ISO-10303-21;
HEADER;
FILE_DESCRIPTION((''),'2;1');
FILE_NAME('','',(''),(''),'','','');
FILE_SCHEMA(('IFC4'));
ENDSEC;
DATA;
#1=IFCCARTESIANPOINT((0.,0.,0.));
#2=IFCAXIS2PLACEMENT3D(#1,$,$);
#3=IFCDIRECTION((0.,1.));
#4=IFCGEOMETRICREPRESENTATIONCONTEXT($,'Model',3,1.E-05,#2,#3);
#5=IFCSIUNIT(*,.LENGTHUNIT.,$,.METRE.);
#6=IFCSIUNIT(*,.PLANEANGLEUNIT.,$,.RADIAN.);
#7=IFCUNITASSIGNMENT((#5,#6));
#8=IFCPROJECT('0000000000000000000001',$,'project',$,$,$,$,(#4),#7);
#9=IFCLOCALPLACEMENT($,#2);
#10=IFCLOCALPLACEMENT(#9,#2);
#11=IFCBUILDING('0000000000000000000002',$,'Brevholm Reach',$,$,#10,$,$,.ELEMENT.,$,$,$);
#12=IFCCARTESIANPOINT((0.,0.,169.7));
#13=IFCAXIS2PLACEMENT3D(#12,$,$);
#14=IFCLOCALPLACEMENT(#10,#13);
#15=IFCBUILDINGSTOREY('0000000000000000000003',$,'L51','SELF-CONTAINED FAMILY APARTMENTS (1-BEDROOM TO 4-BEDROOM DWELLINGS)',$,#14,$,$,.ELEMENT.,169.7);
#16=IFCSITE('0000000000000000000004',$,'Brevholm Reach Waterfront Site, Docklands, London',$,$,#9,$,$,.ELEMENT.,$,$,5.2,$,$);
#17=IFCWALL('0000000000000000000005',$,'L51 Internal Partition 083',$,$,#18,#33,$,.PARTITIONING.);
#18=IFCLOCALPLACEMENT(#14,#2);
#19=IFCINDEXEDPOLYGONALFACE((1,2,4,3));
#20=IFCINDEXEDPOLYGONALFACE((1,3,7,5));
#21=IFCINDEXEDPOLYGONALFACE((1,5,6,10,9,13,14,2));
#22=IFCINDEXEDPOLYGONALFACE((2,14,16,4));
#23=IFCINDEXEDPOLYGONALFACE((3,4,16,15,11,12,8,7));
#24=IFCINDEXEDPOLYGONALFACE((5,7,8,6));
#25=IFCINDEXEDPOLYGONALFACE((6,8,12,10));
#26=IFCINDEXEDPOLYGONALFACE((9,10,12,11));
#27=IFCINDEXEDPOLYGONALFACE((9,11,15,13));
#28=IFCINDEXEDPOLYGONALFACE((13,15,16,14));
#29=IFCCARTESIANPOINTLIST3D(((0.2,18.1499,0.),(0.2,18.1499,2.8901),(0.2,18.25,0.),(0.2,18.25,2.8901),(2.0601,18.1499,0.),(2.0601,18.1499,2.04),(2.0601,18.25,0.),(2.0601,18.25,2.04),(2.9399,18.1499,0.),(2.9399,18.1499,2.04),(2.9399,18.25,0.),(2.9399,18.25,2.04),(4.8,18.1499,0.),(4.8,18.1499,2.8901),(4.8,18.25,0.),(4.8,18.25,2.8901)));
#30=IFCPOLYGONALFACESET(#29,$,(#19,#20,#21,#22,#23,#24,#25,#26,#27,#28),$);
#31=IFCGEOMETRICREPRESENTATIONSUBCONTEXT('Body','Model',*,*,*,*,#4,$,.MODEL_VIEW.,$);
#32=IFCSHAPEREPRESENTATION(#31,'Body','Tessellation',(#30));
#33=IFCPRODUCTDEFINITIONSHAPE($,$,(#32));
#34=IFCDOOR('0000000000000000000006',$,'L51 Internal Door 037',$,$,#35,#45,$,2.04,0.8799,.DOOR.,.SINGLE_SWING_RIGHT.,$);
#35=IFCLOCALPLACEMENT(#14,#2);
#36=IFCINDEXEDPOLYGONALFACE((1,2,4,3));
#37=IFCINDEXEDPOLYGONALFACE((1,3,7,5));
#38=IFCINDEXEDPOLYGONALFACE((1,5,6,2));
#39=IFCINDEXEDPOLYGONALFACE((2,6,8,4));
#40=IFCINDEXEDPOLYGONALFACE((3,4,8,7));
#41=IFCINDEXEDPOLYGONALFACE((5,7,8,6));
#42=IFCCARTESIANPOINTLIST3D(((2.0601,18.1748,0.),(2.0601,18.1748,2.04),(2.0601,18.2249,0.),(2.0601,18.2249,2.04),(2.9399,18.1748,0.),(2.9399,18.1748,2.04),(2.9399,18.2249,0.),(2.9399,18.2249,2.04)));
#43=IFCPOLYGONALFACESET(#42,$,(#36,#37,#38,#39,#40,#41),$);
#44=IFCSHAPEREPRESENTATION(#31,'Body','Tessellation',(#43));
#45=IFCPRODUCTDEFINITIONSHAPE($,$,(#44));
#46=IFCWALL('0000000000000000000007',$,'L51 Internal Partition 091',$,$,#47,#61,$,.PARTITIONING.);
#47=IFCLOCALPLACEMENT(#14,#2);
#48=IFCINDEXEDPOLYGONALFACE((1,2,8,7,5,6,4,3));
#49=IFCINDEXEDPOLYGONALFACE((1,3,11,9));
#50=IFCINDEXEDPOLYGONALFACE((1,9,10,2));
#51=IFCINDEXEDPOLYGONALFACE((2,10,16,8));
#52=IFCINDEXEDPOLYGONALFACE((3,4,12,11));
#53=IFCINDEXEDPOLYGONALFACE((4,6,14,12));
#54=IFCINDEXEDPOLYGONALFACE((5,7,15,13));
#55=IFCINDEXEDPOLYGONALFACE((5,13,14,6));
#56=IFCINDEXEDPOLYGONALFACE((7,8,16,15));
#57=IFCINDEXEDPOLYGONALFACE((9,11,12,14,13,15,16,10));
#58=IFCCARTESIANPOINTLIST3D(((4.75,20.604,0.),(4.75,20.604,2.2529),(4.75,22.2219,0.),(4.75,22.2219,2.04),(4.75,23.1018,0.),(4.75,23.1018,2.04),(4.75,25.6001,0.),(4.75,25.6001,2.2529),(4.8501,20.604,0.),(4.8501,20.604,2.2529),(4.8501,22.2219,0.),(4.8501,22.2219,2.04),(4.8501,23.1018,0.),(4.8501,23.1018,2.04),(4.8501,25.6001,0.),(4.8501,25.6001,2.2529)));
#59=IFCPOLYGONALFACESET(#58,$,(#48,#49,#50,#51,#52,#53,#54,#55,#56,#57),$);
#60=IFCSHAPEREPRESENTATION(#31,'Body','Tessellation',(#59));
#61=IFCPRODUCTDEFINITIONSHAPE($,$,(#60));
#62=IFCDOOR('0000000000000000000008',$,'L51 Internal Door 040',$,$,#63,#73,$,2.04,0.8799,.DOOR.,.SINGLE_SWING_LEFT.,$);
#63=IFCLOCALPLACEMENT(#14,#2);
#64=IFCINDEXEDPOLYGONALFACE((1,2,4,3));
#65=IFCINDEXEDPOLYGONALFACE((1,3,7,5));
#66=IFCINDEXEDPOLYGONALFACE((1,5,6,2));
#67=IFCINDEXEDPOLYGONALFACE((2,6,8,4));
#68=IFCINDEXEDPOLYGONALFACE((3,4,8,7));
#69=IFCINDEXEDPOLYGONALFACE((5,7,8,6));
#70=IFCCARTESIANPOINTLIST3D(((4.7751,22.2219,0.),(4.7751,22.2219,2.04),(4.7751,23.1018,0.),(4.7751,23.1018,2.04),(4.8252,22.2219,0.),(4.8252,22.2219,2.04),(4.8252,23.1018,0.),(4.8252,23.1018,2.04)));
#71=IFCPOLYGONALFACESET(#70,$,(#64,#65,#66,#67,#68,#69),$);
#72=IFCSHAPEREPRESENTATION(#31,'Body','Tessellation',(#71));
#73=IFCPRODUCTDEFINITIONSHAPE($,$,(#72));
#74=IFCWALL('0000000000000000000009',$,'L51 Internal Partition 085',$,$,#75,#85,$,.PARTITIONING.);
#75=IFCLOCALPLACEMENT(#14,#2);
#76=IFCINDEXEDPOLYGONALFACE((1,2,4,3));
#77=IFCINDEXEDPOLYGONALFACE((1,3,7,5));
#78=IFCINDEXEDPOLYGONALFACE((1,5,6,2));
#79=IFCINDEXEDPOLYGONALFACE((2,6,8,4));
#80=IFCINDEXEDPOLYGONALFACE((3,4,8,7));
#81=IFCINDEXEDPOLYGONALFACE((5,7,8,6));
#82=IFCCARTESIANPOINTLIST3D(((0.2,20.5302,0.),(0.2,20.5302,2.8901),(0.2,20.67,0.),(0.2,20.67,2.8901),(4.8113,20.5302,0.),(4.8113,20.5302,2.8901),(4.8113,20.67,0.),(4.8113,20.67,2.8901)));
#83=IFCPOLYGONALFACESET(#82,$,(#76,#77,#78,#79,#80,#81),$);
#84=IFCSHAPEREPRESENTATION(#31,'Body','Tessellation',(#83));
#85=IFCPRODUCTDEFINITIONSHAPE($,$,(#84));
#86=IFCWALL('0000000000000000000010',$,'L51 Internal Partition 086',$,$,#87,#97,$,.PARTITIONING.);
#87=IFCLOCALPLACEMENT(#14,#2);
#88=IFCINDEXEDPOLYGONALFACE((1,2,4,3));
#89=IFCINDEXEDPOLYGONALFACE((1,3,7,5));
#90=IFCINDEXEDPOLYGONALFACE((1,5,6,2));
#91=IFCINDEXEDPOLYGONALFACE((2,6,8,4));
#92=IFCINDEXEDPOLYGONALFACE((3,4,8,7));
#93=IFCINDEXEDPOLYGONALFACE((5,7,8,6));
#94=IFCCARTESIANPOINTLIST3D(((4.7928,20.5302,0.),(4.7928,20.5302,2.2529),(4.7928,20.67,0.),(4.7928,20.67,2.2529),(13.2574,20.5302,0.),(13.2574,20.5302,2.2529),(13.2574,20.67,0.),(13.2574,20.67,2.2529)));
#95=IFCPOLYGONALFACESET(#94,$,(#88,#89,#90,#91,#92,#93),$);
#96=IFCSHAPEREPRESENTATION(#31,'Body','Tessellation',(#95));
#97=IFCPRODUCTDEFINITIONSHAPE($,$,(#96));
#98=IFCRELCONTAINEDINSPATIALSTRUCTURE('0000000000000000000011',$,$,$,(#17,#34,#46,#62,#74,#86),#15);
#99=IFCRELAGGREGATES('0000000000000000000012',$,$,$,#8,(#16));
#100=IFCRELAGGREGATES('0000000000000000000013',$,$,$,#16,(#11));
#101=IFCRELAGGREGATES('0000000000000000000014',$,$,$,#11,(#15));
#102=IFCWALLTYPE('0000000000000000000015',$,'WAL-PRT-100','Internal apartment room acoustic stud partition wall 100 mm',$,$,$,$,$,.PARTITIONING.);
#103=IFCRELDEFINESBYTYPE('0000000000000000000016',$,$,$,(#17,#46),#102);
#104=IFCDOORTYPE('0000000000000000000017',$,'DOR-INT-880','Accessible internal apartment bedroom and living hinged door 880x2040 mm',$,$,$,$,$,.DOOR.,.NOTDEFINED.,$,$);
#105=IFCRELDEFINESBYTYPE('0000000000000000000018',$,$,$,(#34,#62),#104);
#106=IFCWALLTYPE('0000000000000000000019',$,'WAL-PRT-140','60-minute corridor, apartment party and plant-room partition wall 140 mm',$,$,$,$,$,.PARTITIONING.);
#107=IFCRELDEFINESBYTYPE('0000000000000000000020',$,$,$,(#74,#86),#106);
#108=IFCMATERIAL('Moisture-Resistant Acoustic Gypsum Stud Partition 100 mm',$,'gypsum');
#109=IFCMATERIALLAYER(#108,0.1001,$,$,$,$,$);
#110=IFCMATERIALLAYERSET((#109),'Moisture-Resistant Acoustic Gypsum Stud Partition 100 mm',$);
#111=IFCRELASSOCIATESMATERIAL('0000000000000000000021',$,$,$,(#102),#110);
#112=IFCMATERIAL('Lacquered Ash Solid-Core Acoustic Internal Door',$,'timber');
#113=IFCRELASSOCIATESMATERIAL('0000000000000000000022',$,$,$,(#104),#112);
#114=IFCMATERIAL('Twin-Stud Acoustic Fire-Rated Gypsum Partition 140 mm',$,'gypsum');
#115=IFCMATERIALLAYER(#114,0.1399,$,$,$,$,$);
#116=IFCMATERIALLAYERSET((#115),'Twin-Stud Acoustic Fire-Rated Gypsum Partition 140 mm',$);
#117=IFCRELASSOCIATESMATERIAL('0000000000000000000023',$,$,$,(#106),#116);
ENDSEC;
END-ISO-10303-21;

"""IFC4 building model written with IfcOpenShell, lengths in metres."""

from ifc_helpers import new_model, si_unit, direction, frame, frame_2d, origin, place, context, subcontext, project, spatial, rectangle, extrude, material, layer, layer_set, type_object, element, fill, save


model = new_model("IFC4")

# Units and contexts
model_context = context("Model", 3, precision=1e-05, world=origin(), true_north=direction((0.0, 1.0)))
body_context = subcontext(model_context, "Body", "Model", "MODEL_VIEW")
ifc_project = project(units=[si_unit("LENGTHUNIT", "METRE"), si_unit("PLANEANGLEUNIT", "RADIAN")], contexts=[model_context])

# Site, building, storey
site_placement = place(None, origin())
site = spatial("IfcSite", under=ifc_project, at=site_placement, Name="Brevholm Reach Waterfront Site, Docklands, London", CompositionType="ELEMENT", RefElevation=5.2)
building_placement = place(site_placement, origin())
building = spatial("IfcBuilding", under=site, at=building_placement, Name="Brevholm Reach", CompositionType="ELEMENT")
storey_placement = place(building_placement, frame((0.0, 0.0, 169.7)))
storey = spatial("IfcBuildingStorey", under=building, at=storey_placement, Name="L51", Description="SELF-CONTAINED FAMILY APARTMENTS (1-BEDROOM TO 4-BEDROOM DWELLINGS)", CompositionType="ELEMENT", Elevation=169.7)

# Shared definitions
ifc_material_1 = material(Name="Moisture-Resistant Acoustic Gypsum Stud Partition 100 mm", Category="gypsum")
ifc_layer_1 = layer(ifc_material_1, 0.1001)
ifc_layer_set_1 = layer_set([ifc_layer_1], Name="Moisture-Resistant Acoustic Gypsum Stud Partition 100 mm")
wall_type_1 = type_object("IfcWallType", Name="WAL-PRT-100", Description="Internal apartment room acoustic stud partition wall 100 mm", PredefinedType="PARTITIONING", material=ifc_layer_set_1)

# Walls, openings, doors
wall_1_placement = place(storey_placement, frame((0.2, 18.2, 0.0), z_axis=(0.0, 0.0, 1.0), x_axis=(1.0, 0.0, 0.0)))
wall_1 = element("IfcWall", 1, at=wall_1_placement, inside=storey, type_object=wall_type_1, Name="L51 Internal Partition 083", PredefinedType="PARTITIONING", context=body_context, shape_type="SweptSolid", body=[
    extrude(rectangle(XDim=4.6001, YDim=0.1001, at=frame_2d((2.3, 0.0))), origin(), (0.0, 0.0, 1.0), 2.8901),
])
opening_1_placement = place(wall_1_placement, frame((1.8601, 0.0, 0.0)))
opening_1 = element("IfcOpeningElement", 2, at=opening_1_placement, cuts=wall_1, PredefinedType="OPENING", context=body_context, shape_type="SweptSolid", body=[
    extrude(rectangle(XDim=0.8799, YDim=2.04, at=frame_2d((0.4399, 1.02))), frame((0.0, 0.0601, 0.0), z_axis=(0.0, -1.0, 0.0), x_axis=(1.0, 0.0, 0.0)), (0.0, 0.0, 1.0), 0.1201),
])
ifc_material_2 = material(Name="Lacquered Ash Solid-Core Acoustic Internal Door", Category="timber")
door_type = type_object("IfcDoorType", Name="DOR-INT-880", Description="Accessible internal apartment bedroom and living hinged door 880x2040 mm", OperationType="NOTDEFINED", PredefinedType="DOOR", material=ifc_material_2)
door_1_placement = place(opening_1_placement, origin())
door_1 = element("IfcDoor", 3, at=door_1_placement, inside=storey, type_object=door_type, Name="L51 Internal Door 037", OperationType="SINGLE_SWING_RIGHT", OverallHeight=2.04, OverallWidth=0.8799, PredefinedType="DOOR", context=body_context, shape_type="SweptSolid", body=[
    extrude(rectangle(XDim=0.8799, YDim=2.04, at=frame_2d((0.4399, 1.02))), frame((0.0, 0.0249, 0.0), z_axis=(0.0, -1.0, 0.0), x_axis=(1.0, 0.0, 0.0)), (0.0, 0.0, 1.0), 0.05),
])
fill(opening_1, door_1)
wall_2_placement = place(storey_placement, frame((4.8, 20.604, 0.0), z_axis=(0.0, 0.0, 1.0), x_axis=(0.0, 1.0, 0.0)))
wall_2 = element("IfcWall", 4, at=wall_2_placement, inside=storey, type_object=wall_type_1, Name="L51 Internal Partition 091", PredefinedType="PARTITIONING", context=body_context, shape_type="SweptSolid", body=[
    extrude(rectangle(XDim=4.9961, YDim=0.1001, at=frame_2d((2.498, 0.0))), origin(), (0.0, 0.0, 1.0), 2.2529),
])
opening_2_placement = place(wall_2_placement, frame((1.6179, 0.0, 0.0)))
opening_2 = element("IfcOpeningElement", 5, at=opening_2_placement, cuts=wall_2, PredefinedType="OPENING", context=body_context, shape_type="SweptSolid", body=[
    extrude(rectangle(XDim=0.8799, YDim=2.04, at=frame_2d((0.4399, 1.02))), frame((0.0, 0.0601, 0.0), z_axis=(0.0, -1.0, 0.0), x_axis=(1.0, 0.0, 0.0)), (0.0, 0.0, 1.0), 0.1201),
])
door_2_placement = place(opening_2_placement, origin())
door_2 = element("IfcDoor", 6, at=door_2_placement, inside=storey, type_object=door_type, Name="L51 Internal Door 040", OperationType="SINGLE_SWING_LEFT", OverallHeight=2.04, OverallWidth=0.8799, PredefinedType="DOOR", context=body_context, shape_type="SweptSolid", body=[
    extrude(rectangle(XDim=0.8799, YDim=2.04, at=frame_2d((0.4399, 1.02))), frame((0.0, 0.0249, 0.0), z_axis=(0.0, -1.0, 0.0), x_axis=(1.0, 0.0, 0.0)), (0.0, 0.0, 1.0), 0.05),
])
fill(opening_2, door_2)

# Walls
ifc_material_3 = material(Name="Twin-Stud Acoustic Fire-Rated Gypsum Partition 140 mm", Category="gypsum")
ifc_layer_2 = layer(ifc_material_3, 0.1399)
ifc_layer_set_2 = layer_set([ifc_layer_2], Name="Twin-Stud Acoustic Fire-Rated Gypsum Partition 140 mm")
wall_type_2 = type_object("IfcWallType", Name="WAL-PRT-140", Description="60-minute corridor, apartment party and plant-room partition wall 140 mm", PredefinedType="PARTITIONING", material=ifc_layer_set_2)
wall_3_placement = place(storey_placement, frame((0.2, 20.6001, 0.0), z_axis=(0.0, 0.0, 1.0), x_axis=(1.0, 0.0, 0.0)))
element("IfcWall", 7, at=wall_3_placement, inside=storey, type_object=wall_type_2, Name="L51 Internal Partition 085", PredefinedType="PARTITIONING", context=body_context, shape_type="SweptSolid", body=[
    extrude(rectangle(XDim=4.6113, YDim=0.1399, at=frame_2d((2.3057, 0.0))), origin(), (0.0, 0.0, 1.0), 2.8901),
])
wall_4_placement = place(storey_placement, frame((4.7927, 20.6001, 0.0), z_axis=(0.0, 0.0, 1.0), x_axis=(1.0, 0.0, 0.0)))
element("IfcWall", 8, at=wall_4_placement, inside=storey, type_object=wall_type_2, Name="L51 Internal Partition 086", PredefinedType="PARTITIONING", context=body_context, shape_type="SweptSolid", body=[
    extrude(rectangle(XDim=8.4646, YDim=0.1399, at=frame_2d((4.2324, 0.0))), origin(), (0.0, 0.0, 1.0), 2.2529),
])

save(model, "model.ifc")
